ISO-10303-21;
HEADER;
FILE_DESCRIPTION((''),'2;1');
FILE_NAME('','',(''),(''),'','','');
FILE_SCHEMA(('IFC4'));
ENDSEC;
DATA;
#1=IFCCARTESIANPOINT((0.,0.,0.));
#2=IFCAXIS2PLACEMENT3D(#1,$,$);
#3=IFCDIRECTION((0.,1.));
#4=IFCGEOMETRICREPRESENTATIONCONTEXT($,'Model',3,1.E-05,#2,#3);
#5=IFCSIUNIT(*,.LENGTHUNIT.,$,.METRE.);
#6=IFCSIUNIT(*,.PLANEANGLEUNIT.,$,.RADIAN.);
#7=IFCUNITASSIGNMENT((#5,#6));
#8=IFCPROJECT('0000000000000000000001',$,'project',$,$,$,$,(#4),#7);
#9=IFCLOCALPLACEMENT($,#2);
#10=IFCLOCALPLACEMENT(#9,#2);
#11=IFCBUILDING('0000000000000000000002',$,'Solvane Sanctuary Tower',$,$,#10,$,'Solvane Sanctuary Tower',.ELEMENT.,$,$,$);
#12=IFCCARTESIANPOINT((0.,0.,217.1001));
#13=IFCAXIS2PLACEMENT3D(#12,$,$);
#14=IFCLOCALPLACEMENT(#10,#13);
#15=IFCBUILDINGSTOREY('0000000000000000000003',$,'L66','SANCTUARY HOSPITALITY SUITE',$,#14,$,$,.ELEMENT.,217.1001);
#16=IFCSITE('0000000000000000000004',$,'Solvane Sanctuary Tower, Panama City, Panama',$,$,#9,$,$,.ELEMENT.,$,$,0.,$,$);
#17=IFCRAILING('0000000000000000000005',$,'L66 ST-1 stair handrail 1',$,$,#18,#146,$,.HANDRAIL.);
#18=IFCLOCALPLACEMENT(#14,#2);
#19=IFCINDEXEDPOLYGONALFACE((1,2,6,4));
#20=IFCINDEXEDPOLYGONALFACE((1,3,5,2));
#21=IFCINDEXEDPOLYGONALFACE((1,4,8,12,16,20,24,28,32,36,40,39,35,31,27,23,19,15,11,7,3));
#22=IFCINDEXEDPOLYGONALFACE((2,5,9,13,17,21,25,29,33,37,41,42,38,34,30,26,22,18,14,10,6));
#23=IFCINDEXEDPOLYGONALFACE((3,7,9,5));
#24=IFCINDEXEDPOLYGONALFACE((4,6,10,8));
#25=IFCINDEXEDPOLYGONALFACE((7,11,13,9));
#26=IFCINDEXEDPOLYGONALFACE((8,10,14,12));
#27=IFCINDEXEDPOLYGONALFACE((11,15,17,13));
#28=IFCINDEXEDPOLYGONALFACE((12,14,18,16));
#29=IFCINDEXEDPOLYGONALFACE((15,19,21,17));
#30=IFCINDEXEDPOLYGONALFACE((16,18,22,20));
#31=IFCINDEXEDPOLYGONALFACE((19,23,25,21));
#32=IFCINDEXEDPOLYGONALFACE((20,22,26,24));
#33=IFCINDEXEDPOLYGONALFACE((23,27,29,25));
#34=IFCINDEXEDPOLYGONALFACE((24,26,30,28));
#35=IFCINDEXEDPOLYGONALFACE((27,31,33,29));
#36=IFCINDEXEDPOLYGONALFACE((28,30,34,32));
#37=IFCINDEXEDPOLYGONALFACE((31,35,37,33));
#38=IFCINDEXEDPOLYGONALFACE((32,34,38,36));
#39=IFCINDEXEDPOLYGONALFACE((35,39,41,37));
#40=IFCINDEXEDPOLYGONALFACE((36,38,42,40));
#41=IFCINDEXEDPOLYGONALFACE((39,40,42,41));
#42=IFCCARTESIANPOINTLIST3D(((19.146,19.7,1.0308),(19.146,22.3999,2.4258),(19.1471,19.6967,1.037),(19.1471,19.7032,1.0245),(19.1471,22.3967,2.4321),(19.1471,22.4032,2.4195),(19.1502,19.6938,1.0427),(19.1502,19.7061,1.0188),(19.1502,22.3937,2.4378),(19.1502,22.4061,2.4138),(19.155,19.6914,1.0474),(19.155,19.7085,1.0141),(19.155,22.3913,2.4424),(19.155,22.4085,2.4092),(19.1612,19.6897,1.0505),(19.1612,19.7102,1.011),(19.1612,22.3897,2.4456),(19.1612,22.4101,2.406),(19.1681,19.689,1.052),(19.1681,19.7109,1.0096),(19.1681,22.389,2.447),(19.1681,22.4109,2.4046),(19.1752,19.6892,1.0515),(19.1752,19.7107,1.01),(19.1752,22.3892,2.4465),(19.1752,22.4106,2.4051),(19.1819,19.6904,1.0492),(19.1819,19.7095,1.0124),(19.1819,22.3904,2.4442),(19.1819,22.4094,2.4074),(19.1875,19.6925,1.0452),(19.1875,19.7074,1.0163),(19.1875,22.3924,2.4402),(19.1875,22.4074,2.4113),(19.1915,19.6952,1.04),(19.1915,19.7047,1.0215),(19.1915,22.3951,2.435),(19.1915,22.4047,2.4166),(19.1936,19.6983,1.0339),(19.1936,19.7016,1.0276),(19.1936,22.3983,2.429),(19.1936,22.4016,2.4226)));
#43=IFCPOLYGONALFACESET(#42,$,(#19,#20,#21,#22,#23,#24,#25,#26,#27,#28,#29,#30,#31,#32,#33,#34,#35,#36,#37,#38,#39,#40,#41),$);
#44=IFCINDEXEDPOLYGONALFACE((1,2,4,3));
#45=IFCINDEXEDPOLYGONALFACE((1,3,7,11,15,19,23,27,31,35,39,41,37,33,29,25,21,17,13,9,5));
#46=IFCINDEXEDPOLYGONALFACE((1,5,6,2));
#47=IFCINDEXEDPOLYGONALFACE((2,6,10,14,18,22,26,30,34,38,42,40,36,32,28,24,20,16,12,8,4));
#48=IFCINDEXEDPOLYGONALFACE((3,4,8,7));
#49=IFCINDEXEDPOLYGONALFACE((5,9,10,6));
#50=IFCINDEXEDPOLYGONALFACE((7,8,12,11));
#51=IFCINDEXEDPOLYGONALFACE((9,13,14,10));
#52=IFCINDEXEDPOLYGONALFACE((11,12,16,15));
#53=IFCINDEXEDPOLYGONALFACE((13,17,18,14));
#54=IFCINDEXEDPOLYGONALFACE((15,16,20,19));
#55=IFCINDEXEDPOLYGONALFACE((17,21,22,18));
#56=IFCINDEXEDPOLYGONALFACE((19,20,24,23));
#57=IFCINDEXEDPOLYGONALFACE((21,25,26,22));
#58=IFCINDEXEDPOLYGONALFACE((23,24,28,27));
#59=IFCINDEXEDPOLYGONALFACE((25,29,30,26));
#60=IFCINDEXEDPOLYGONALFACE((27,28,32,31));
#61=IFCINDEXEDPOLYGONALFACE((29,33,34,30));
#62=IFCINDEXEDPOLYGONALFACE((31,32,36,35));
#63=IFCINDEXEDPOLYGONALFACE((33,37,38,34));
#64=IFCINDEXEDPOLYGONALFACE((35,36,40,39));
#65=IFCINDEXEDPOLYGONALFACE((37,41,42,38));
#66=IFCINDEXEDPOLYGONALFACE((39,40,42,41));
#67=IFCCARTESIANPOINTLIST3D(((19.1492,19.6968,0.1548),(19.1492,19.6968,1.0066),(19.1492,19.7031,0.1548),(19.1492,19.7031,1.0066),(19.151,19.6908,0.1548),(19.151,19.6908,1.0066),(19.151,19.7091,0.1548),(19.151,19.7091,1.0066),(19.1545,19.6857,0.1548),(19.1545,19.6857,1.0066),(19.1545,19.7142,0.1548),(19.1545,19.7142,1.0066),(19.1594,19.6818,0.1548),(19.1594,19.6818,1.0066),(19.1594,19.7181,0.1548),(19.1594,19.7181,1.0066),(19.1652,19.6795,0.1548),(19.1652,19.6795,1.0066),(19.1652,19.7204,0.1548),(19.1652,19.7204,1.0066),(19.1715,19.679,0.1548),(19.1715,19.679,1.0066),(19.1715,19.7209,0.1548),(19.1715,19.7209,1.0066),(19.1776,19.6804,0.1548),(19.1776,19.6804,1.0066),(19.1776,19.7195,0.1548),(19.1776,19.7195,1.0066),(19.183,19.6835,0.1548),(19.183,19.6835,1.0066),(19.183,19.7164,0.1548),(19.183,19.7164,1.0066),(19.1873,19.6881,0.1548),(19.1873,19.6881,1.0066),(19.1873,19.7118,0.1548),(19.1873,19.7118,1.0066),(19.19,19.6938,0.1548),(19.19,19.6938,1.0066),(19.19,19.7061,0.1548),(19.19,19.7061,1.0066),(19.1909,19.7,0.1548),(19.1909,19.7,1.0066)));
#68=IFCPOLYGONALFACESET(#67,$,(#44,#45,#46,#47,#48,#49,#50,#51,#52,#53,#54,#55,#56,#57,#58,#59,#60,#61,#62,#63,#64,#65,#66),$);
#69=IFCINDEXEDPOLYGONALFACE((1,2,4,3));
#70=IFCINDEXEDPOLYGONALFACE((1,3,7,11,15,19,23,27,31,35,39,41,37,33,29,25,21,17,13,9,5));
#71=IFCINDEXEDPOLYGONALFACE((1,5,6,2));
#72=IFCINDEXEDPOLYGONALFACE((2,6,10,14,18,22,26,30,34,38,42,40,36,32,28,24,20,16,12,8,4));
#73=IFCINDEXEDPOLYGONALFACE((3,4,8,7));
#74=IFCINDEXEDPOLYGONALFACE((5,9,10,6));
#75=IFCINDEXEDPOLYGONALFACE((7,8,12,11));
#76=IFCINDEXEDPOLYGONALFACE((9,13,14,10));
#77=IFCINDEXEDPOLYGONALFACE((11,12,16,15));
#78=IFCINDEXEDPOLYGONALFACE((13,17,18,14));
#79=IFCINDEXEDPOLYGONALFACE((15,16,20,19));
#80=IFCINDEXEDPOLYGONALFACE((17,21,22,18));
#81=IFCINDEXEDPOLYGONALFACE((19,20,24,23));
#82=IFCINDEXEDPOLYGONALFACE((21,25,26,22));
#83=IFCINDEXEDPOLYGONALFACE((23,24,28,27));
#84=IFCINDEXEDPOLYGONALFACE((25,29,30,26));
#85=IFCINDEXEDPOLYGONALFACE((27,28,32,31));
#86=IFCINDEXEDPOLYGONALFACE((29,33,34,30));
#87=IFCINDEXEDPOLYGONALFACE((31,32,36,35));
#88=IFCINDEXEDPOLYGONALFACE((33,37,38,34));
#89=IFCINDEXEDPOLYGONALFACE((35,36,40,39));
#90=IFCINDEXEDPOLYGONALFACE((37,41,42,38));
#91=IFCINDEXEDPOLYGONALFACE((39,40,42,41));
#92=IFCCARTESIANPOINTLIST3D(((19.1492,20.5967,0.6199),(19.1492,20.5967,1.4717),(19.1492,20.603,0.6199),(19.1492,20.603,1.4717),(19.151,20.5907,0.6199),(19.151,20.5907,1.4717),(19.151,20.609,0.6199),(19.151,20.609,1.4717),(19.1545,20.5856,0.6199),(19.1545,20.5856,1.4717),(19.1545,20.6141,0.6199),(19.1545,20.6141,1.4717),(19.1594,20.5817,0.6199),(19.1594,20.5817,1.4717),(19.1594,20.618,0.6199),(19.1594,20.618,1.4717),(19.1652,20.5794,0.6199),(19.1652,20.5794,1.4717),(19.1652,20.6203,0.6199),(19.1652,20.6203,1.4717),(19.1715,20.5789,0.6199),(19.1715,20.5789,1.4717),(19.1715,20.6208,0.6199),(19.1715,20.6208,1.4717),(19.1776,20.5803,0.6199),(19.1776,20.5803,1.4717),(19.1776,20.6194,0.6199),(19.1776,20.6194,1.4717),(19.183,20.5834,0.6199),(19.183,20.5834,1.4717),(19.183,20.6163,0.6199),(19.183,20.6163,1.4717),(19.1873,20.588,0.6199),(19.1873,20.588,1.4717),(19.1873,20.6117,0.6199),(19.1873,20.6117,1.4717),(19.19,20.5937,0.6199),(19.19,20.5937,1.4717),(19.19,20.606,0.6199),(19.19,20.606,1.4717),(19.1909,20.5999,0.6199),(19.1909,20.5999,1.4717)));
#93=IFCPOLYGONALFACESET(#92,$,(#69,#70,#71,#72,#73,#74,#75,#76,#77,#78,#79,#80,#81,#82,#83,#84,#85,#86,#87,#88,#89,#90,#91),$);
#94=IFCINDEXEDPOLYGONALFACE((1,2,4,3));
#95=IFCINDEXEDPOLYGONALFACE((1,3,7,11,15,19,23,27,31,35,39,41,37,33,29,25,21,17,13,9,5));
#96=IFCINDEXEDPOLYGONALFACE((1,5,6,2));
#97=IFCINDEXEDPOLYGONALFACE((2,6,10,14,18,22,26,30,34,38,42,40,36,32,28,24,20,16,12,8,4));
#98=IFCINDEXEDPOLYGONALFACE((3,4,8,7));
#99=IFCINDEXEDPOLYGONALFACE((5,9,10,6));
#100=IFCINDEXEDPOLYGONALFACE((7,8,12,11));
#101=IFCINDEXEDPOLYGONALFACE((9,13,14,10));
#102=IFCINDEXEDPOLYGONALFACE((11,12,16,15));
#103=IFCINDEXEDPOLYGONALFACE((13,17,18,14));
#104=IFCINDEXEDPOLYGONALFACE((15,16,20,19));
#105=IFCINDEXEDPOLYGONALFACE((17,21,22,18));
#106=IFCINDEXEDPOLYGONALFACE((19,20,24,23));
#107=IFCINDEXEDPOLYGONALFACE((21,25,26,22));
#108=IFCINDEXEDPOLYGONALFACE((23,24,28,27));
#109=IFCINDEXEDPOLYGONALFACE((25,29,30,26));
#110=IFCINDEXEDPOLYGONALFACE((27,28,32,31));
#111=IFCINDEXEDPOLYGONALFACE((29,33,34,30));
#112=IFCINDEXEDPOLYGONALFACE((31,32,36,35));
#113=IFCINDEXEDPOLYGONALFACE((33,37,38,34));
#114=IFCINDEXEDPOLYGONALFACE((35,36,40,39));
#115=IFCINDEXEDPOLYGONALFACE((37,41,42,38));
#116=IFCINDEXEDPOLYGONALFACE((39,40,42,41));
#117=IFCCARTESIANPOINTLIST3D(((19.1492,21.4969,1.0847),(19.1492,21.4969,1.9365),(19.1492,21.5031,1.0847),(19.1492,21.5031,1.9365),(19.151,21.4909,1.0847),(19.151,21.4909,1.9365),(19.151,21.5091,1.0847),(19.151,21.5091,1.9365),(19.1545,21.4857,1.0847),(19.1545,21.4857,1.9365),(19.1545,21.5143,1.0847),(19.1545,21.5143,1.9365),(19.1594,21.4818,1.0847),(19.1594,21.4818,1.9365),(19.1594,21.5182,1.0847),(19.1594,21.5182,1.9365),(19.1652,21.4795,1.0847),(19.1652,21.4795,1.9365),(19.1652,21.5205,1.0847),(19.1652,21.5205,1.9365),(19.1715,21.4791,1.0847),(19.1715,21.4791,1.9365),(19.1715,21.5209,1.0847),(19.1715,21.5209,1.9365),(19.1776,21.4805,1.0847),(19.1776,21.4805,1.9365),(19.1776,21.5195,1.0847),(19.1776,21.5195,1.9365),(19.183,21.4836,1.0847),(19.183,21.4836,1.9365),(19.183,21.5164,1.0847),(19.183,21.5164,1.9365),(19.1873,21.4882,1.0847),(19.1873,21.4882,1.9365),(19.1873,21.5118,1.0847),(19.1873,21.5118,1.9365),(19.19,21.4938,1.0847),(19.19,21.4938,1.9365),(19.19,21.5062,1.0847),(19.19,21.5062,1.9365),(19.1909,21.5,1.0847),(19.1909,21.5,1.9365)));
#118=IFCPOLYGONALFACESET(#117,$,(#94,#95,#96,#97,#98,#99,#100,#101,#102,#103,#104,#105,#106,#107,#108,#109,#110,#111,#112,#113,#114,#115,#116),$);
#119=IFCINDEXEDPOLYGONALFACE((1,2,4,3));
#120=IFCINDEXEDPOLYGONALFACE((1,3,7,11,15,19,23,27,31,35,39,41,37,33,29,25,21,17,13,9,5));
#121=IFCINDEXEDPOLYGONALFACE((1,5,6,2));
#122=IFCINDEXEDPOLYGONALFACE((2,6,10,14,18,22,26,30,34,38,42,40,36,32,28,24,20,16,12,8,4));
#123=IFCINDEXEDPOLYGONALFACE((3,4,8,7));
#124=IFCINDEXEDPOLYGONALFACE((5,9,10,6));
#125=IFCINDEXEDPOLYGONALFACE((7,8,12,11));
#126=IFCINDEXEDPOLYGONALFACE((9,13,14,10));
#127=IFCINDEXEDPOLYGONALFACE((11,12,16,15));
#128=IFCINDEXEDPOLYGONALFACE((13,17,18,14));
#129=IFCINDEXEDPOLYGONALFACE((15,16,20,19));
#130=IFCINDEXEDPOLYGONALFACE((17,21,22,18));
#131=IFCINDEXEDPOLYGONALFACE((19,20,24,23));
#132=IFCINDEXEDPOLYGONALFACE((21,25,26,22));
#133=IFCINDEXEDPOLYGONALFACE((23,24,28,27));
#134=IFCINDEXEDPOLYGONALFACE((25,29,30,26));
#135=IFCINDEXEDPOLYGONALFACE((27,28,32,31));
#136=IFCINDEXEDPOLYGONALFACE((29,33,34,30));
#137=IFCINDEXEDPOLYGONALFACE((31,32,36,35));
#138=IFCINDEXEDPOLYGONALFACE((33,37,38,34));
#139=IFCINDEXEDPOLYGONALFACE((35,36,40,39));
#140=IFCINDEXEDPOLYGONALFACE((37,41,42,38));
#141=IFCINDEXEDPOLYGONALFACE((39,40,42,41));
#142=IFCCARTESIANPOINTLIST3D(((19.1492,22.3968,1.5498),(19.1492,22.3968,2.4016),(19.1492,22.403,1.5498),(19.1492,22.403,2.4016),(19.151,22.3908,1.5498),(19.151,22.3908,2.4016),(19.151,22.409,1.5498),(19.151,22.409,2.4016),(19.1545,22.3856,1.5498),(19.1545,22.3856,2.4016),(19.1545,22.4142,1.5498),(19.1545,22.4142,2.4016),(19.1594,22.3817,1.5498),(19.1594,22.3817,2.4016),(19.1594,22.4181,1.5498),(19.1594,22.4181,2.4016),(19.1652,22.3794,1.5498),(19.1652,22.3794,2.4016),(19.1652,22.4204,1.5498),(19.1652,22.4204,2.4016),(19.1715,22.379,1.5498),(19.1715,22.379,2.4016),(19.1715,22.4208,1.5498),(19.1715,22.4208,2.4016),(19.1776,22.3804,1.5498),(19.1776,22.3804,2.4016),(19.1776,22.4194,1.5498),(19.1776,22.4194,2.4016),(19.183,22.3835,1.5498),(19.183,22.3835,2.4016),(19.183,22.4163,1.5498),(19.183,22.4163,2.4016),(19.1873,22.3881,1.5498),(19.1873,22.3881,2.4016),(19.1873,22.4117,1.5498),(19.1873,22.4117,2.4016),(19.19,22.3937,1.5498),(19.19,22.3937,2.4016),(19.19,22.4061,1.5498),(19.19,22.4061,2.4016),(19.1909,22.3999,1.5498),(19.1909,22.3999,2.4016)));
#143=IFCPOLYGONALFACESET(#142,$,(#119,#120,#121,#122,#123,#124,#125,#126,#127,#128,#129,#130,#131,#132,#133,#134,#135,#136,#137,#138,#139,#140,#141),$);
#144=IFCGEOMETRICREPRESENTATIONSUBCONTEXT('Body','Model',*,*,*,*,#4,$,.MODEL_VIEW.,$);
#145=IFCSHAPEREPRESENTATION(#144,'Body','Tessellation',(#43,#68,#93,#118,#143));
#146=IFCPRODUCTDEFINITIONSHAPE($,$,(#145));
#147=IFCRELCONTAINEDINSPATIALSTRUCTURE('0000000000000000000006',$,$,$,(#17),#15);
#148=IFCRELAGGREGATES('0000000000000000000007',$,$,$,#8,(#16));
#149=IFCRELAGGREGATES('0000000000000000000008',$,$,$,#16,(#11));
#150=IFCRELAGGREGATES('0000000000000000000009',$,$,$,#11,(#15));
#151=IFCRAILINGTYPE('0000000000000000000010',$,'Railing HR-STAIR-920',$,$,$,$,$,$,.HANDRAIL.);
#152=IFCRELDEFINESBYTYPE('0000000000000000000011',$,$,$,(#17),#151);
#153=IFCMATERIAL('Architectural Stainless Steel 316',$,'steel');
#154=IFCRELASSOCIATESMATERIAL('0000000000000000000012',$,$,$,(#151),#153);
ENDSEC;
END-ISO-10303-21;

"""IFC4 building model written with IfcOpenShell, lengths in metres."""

from ifc_helpers import new_model, si_unit, direction, frame, origin, origin_2d, place, context, subcontext, project, spatial, circle, extrude, material, type_object, element, save


model = new_model("IFC4")

# Units and contexts
model_context = context("Model", 3, precision=1e-05, world=origin(), true_north=direction((0.0, 1.0)))
body_context = subcontext(model_context, "Body", "Model", "MODEL_VIEW")
ifc_project = project(units=[si_unit("LENGTHUNIT", "METRE"), si_unit("PLANEANGLEUNIT", "RADIAN")], contexts=[model_context])

# Site, building, storey
site_placement = place(None, origin())
site = spatial("IfcSite", under=ifc_project, at=site_placement, Name="Solvane Sanctuary Tower, Panama City, Panama", CompositionType="ELEMENT", RefElevation=0.0)
building_placement = place(site_placement, origin())
building = spatial("IfcBuilding", under=site, at=building_placement, Name="Solvane Sanctuary Tower", LongName="Solvane Sanctuary Tower", CompositionType="ELEMENT")
storey_placement = place(building_placement, frame((0.0, 0.0, 217.1001)))
storey = spatial("IfcBuildingStorey", under=building, at=storey_placement, Name="L66", Description="SANCTUARY HOSPITALITY SUITE", CompositionType="ELEMENT", Elevation=217.1001)

# Shared definitions
ifc_material_1 = material(Name="Architectural Stainless Steel 316", Category="steel")

# Railing
railing_type_1 = type_object("IfcRailingType", Name="Railing HR-STAIR-920", PredefinedType="HANDRAIL", material=ifc_material_1)
railing_1_placement = place(storey_placement, frame((19.1699, 19.7, 0.1548)))
element("IfcRailing", 1, at=railing_1_placement, inside=storey, type_object=railing_type_1, Name="L66 ST-1 stair handrail 1", PredefinedType="HANDRAIL", context=body_context, shape_type="SweptSolid", body=[
    extrude(circle(Radius=0.0239, at=origin_2d()), frame((0.0, 0.0, 0.876), z_axis=(0.0, 0.88842, 0.459032), x_axis=(-1.0, 0.0, 0.0)), (0.0, 0.0, 1.0), 3.0391),
    extrude(circle(Radius=0.021, at=origin_2d()), origin(), (0.0, 0.0, 1.0), 0.8518),
    extrude(circle(Radius=0.021, at=origin_2d()), frame((0.0, 0.8999, 0.4651)), (0.0, 0.0, 1.0), 0.8518),
    extrude(circle(Radius=0.021, at=origin_2d()), frame((0.0, 1.8, 0.9299)), (0.0, 0.0, 1.0), 0.8518),
    extrude(circle(Radius=0.021, at=origin_2d()), frame((0.0, 2.7, 1.395)), (0.0, 0.0, 1.0), 0.8518),
])

save(model, "model.ifc")
